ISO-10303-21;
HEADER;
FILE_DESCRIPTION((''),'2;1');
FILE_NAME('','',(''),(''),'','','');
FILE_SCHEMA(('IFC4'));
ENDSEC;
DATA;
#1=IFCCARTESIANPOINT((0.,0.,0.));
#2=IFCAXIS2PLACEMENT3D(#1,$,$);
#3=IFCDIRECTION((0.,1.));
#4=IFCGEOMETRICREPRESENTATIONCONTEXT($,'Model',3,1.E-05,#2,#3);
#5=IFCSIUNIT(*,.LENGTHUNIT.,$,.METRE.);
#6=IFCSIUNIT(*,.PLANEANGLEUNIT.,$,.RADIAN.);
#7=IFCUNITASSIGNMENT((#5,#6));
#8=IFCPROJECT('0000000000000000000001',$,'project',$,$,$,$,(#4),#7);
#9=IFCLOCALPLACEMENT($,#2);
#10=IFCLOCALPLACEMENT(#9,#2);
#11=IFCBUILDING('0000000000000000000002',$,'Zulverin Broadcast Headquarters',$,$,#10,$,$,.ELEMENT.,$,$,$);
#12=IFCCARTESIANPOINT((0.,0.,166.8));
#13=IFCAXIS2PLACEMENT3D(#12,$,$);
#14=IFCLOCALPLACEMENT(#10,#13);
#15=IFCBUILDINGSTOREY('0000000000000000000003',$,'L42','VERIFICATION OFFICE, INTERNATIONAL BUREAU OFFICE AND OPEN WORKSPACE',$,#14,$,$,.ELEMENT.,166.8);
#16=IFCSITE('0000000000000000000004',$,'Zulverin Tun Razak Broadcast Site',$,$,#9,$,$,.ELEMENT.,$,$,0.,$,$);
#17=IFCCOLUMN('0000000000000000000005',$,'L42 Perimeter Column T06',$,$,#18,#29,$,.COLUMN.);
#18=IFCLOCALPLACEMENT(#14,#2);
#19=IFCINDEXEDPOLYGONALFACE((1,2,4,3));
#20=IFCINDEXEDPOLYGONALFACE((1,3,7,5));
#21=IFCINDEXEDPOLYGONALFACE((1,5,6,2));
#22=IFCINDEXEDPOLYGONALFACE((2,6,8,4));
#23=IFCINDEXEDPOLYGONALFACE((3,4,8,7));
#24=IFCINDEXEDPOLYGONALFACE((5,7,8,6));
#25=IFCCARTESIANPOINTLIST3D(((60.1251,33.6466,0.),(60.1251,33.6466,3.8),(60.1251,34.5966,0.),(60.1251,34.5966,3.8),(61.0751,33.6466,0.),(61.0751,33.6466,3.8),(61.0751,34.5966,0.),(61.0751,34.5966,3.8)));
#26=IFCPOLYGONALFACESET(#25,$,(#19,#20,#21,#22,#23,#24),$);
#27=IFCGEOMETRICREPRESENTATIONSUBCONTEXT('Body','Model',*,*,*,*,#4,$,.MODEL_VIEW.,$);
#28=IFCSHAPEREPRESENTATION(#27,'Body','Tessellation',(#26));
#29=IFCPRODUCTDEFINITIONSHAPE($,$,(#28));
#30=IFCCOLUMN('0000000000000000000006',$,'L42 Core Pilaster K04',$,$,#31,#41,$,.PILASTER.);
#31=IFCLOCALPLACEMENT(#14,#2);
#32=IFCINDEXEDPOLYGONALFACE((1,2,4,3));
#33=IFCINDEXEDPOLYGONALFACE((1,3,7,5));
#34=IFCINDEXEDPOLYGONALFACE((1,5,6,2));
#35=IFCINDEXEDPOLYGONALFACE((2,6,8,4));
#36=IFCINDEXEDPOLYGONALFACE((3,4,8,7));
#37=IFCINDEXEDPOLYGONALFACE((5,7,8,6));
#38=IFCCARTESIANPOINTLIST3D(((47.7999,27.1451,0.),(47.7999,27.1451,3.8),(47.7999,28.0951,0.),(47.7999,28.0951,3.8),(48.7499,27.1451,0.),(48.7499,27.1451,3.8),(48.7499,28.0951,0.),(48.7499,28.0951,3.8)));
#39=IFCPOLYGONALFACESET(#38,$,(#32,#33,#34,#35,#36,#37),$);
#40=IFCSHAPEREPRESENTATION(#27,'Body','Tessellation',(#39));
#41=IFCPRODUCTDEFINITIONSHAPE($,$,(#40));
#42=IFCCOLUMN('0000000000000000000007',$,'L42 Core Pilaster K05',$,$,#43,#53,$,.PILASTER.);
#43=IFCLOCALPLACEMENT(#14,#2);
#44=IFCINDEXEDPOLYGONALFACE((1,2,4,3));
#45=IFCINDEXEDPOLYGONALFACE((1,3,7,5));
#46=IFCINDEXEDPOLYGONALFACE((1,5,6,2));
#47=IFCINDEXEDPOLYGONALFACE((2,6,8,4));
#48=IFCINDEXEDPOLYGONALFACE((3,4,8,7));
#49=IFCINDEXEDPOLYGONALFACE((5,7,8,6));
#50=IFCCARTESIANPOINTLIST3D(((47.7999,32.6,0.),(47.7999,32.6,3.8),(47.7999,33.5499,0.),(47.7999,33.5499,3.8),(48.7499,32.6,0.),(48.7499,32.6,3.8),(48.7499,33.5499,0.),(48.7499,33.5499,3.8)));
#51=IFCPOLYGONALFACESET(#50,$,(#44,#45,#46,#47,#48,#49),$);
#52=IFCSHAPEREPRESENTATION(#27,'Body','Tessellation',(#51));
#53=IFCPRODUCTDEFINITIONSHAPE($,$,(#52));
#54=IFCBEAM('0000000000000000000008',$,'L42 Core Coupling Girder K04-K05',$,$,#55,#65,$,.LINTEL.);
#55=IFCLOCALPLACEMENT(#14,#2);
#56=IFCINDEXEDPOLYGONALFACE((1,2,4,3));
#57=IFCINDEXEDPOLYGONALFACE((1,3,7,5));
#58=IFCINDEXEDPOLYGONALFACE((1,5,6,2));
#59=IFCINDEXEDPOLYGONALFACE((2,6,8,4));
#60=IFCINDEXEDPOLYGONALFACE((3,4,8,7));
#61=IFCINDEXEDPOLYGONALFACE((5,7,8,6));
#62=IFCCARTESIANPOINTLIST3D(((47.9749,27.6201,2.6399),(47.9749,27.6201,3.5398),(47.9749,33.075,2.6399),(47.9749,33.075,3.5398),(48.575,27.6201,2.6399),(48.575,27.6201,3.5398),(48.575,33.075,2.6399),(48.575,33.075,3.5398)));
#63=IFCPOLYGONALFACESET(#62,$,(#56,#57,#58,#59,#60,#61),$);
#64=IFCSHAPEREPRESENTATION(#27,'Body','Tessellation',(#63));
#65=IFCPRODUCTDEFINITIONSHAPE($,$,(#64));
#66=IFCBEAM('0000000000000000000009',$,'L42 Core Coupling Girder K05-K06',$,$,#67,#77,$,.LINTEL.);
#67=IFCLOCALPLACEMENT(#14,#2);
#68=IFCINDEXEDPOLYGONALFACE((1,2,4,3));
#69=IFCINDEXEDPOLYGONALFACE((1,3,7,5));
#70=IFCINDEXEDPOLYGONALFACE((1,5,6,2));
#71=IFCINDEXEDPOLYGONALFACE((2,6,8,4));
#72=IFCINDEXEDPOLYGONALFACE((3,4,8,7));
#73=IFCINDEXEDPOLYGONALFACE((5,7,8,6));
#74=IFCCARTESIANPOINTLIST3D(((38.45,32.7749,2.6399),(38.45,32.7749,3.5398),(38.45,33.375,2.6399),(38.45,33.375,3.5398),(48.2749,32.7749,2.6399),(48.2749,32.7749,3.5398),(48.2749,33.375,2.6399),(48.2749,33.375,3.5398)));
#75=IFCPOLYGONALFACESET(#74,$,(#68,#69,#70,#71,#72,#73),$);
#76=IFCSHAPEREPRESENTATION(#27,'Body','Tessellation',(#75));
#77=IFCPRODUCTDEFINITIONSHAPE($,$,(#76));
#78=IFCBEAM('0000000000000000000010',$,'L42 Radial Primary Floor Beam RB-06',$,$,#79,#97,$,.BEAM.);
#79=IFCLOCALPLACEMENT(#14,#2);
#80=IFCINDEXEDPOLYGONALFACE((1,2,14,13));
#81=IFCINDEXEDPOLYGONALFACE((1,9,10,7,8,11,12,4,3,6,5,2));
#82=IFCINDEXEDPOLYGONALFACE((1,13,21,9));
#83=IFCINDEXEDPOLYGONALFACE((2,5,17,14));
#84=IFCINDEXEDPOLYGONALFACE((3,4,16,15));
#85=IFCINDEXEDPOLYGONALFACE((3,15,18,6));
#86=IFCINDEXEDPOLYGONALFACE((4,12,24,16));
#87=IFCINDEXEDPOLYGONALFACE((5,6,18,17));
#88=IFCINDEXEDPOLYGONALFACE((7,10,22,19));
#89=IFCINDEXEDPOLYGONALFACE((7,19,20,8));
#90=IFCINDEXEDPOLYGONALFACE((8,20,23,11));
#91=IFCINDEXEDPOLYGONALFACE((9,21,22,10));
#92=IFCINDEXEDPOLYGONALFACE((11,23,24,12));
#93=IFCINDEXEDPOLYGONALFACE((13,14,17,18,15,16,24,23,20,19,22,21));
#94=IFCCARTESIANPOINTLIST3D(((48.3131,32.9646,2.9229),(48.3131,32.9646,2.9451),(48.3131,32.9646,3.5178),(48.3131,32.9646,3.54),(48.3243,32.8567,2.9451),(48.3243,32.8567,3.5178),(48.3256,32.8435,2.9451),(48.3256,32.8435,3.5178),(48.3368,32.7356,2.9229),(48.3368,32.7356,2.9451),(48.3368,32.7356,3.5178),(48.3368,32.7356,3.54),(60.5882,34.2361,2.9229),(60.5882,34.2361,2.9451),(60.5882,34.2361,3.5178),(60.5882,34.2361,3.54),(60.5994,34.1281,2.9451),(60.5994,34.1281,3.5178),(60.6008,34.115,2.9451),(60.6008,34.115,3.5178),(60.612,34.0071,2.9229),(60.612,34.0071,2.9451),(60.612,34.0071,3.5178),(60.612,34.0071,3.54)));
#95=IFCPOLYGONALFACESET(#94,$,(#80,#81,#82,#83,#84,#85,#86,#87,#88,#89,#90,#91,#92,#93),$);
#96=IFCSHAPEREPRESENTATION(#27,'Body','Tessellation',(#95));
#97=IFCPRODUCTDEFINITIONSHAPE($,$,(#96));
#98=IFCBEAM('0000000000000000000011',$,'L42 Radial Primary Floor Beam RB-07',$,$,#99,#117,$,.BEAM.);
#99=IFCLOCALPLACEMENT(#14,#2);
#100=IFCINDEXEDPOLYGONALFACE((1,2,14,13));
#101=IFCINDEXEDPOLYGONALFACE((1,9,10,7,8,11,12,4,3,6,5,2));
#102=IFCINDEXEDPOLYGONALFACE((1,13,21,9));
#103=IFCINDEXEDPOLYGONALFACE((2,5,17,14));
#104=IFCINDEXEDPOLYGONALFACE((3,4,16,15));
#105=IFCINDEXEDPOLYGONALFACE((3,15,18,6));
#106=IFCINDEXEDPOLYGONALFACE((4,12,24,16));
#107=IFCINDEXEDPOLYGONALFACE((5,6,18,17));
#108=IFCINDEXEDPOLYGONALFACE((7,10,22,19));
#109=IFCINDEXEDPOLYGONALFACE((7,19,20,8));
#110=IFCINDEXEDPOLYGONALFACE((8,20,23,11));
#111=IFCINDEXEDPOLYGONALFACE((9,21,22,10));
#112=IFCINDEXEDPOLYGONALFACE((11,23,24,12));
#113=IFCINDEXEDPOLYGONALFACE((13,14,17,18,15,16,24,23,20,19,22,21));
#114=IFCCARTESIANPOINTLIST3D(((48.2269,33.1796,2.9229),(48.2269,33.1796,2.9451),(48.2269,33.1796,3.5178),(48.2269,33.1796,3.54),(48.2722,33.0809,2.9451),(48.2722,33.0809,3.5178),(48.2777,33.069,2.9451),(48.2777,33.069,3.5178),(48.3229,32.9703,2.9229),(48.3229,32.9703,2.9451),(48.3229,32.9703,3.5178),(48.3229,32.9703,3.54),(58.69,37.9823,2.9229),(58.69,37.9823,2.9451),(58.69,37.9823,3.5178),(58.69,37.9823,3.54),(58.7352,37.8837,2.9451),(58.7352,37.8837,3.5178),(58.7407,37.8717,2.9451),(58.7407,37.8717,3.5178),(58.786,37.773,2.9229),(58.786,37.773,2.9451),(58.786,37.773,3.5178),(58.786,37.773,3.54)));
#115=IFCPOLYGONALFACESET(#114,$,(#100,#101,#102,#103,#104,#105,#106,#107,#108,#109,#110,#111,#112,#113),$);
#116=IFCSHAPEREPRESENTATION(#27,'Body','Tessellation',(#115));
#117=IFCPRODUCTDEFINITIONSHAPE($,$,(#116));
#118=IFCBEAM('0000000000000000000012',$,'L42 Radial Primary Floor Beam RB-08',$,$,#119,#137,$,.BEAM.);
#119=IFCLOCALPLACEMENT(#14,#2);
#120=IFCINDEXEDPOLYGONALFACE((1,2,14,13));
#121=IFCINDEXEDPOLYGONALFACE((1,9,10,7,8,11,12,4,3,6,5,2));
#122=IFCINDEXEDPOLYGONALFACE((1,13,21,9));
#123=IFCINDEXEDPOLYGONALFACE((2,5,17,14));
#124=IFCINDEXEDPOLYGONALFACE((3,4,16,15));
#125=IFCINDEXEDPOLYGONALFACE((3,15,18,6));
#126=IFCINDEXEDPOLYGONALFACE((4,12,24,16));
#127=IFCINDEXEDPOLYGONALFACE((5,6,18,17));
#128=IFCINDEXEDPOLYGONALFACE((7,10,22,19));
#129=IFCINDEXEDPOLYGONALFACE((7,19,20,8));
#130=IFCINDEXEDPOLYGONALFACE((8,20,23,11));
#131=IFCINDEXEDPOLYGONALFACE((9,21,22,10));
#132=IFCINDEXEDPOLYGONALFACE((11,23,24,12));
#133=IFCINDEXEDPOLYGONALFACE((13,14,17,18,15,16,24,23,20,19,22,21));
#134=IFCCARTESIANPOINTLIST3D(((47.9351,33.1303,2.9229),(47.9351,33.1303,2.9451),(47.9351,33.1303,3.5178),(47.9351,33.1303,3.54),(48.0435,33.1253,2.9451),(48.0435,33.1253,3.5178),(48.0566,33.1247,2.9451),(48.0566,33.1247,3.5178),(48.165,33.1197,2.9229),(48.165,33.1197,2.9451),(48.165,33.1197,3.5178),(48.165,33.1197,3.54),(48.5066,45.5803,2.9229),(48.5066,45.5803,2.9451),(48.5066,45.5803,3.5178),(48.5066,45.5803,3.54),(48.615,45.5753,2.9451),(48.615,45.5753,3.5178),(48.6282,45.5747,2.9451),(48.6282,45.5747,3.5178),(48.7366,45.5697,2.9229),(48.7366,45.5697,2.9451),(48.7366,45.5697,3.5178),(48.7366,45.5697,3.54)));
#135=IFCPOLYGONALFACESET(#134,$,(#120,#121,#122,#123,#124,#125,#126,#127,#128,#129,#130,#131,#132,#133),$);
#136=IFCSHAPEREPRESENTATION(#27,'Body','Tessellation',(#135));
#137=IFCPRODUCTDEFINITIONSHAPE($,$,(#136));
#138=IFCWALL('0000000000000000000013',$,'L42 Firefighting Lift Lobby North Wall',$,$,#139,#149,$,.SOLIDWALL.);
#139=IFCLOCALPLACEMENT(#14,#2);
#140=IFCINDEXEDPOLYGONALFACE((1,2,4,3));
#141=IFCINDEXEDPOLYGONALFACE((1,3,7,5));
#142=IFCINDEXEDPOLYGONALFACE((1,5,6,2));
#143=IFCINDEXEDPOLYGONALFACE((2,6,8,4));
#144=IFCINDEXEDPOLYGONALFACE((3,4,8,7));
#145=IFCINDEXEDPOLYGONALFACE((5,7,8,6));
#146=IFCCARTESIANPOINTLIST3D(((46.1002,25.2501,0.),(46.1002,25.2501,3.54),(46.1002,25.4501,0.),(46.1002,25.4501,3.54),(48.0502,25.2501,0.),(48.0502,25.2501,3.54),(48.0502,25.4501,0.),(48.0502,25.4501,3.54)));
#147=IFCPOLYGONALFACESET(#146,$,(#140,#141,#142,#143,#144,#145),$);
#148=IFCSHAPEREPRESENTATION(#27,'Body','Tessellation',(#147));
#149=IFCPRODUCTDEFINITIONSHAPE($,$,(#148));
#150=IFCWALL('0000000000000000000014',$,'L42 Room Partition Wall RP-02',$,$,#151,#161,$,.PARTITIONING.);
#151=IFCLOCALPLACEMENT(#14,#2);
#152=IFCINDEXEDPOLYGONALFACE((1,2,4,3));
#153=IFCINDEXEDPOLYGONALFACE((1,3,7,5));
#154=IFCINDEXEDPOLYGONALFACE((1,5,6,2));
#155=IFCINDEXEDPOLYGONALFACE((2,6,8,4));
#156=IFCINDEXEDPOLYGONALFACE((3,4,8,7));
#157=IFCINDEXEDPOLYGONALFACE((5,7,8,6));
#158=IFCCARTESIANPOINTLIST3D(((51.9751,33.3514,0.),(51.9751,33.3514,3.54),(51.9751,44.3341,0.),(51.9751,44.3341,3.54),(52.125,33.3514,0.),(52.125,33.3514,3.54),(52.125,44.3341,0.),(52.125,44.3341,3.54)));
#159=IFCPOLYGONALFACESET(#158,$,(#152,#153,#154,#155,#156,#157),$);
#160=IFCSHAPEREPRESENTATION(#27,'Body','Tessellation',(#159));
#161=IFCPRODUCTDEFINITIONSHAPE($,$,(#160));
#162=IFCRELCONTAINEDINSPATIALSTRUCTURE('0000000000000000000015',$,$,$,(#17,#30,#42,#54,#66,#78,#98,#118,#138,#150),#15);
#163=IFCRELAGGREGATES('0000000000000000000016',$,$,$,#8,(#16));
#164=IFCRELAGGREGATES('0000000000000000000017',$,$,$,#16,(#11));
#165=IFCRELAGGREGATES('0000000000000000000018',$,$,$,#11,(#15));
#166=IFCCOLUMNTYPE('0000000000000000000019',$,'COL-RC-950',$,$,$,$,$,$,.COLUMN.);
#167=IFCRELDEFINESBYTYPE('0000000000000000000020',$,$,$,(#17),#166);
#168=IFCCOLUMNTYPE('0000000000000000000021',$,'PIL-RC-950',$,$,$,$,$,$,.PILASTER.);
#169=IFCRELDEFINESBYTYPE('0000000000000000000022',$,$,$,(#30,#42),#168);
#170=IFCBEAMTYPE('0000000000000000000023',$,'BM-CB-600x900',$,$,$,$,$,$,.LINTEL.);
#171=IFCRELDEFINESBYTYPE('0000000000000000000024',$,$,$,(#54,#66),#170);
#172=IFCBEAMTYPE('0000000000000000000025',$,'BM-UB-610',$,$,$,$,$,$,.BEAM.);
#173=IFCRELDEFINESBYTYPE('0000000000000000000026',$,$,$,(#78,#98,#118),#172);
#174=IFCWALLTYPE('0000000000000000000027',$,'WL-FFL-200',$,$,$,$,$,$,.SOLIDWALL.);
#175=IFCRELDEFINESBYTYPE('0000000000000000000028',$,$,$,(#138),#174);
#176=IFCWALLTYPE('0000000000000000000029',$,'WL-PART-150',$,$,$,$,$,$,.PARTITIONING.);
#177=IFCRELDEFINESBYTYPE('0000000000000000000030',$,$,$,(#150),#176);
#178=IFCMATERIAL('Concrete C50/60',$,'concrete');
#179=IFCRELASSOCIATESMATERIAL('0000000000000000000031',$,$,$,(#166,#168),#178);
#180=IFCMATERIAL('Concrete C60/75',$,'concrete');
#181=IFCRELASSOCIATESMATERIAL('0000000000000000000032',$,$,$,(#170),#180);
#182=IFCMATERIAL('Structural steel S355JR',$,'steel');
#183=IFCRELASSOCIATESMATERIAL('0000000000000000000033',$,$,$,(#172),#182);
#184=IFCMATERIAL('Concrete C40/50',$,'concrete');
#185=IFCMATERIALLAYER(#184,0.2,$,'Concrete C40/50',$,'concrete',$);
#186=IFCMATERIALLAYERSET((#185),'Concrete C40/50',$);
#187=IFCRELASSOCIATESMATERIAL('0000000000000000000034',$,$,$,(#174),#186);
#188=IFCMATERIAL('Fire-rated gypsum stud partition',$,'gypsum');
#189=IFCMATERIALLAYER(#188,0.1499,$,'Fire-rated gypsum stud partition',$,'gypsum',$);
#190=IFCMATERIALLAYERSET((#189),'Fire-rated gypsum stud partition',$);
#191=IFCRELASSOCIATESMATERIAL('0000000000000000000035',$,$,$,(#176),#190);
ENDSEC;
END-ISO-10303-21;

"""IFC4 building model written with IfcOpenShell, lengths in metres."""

from ifc_helpers import new_model, si_unit, direction, frame, frame_2d, origin, origin_2d, place, context, subcontext, project, spatial, rectangle, i_section, extrude, material, layer, layer_set, material_profile, profile_set, type_object, element, save


model = new_model("IFC4")

# Units and contexts
model_context = context("Model", 3, precision=1e-05, world=origin(), true_north=direction((0.0, 1.0)))
body_context = subcontext(model_context, "Body", "Model", "MODEL_VIEW")
ifc_project = project(units=[si_unit("LENGTHUNIT", "METRE"), si_unit("PLANEANGLEUNIT", "RADIAN")], contexts=[model_context])

# Site, building, storey
site_placement = place(None, origin())
site = spatial("IfcSite", under=ifc_project, at=site_placement, Name="Zulverin Tun Razak Broadcast Site", CompositionType="ELEMENT", RefElevation=0.0)
building_placement = place(site_placement, origin())
building = spatial("IfcBuilding", under=site, at=building_placement, Name="Zulverin Broadcast Headquarters", CompositionType="ELEMENT")
storey_placement = place(building_placement, frame((0.0, 0.0, 166.8)))
storey = spatial("IfcBuildingStorey", under=building, at=storey_placement, Name="L42", Description="VERIFICATION OFFICE, INTERNATIONAL BUREAU OFFICE AND OPEN WORKSPACE", CompositionType="ELEMENT", Elevation=166.8)

# Columns
ifc_material_1 = material(Name="Concrete C50/60", Category="concrete")
ifc_material_profile_1 = material_profile(ifc_material_1, rectangle(XDim=0.95, YDim=0.95, at=origin_2d()), Name="Concrete C50/60", Category="concrete")
ifc_profile_set_1 = profile_set([ifc_material_profile_1], Name="Concrete C50/60")
column_type_1 = type_object("IfcColumnType", Name="COL-RC-950", PredefinedType="COLUMN", material=ifc_profile_set_1)
column_placement = place(storey_placement, frame((60.6001, 34.1216, 0.0), z_axis=(0.0, 0.0, 1.0), x_axis=(1.0, 0.0, 0.0)))
element("IfcColumn", 1, at=column_placement, inside=storey, type_object=column_type_1, Name="L42 Perimeter Column T06", PredefinedType="COLUMN", context=body_context, shape_type="SweptSolid", body=[
    extrude(rectangle(XDim=0.95, YDim=0.95, at=origin_2d()), origin(), (0.0, 0.0, 1.0), 3.8),
])
ifc_material_profile_2 = material_profile(ifc_material_1, rectangle(XDim=0.95, YDim=0.95, at=origin_2d()), Name="Concrete C50/60", Category="concrete")
ifc_profile_set_2 = profile_set([ifc_material_profile_2], Name="Concrete C50/60")
column_type_2 = type_object("IfcColumnType", Name="PIL-RC-950", PredefinedType="PILASTER", material=ifc_profile_set_2)
for number, where, z_axis, x_axis, name in (
    (2, (48.2749, 27.6201, 0.0), (0.0, 0.0, 1.0), (1.0, 0.0, 0.0), "L42 Core Pilaster K04"),
    (3, (48.2749, 33.075, 0.0), (0.0, 0.0, 1.0), (1.0, 0.0, 0.0), "L42 Core Pilaster K05"),
):
    element("IfcColumn", number, at=place(storey_placement, frame(where, z_axis=z_axis, x_axis=x_axis)), inside=storey, type_object=column_type_2, Name=name, PredefinedType="PILASTER", context=body_context, shape_type="SweptSolid", body=[
        extrude(rectangle(XDim=0.95, YDim=0.95, at=origin_2d()), origin(), (0.0, 0.0, 1.0), 3.8),
    ])

# Beams
ifc_material_2 = material(Name="Concrete C60/75", Category="concrete")
ifc_material_profile_3 = material_profile(ifc_material_2, rectangle(XDim=0.6001, YDim=0.8999, at=origin_2d()), Name="Concrete C60/75", Category="concrete")
ifc_profile_set_3 = profile_set([ifc_material_profile_3], Name="Concrete C60/75")
beam_type_1 = type_object("IfcBeamType", Name="BM-CB-600x900", PredefinedType="LINTEL", material=ifc_profile_set_3)
beam_1_placement = place(storey_placement, frame((48.2749, 27.6201, 3.0898), z_axis=(0.0, 1.0, 0.0), x_axis=(-1.0, 0.0, 0.0)))
element("IfcBeam", 4, at=beam_1_placement, inside=storey, type_object=beam_type_1, Name="L42 Core Coupling Girder K04-K05", PredefinedType="LINTEL", context=body_context, shape_type="SweptSolid", body=[
    extrude(rectangle(XDim=0.6001, YDim=0.8999, at=origin_2d()), origin(), (0.0, 0.0, 1.0), 5.4548),
])
beam_2_placement = place(storey_placement, frame((48.2749, 33.075, 3.0898), z_axis=(-1.0, 0.0, 0.0), x_axis=(0.0, -1.0, 0.0)))
element("IfcBeam", 5, at=beam_2_placement, inside=storey, type_object=beam_type_1, Name="L42 Core Coupling Girder K05-K06", PredefinedType="LINTEL", context=body_context, shape_type="SweptSolid", body=[
    extrude(rectangle(XDim=0.6001, YDim=0.8999, at=origin_2d()), origin(), (0.0, 0.0, 1.0), 9.825),
])
ifc_material_3 = material(Name="Structural steel S355JR", Category="steel")
ifc_material_profile_4 = material_profile(ifc_material_3, i_section(OverallWidth=0.2302, OverallDepth=0.6172, WebThickness=0.0132, FlangeThickness=0.0222, at=origin_2d()), Name="Structural steel S355JR", Category="steel")
ifc_profile_set_4 = profile_set([ifc_material_profile_4], Name="Structural steel S355JR")
beam_type_2 = type_object("IfcBeamType", Name="BM-UB-610", PredefinedType="BEAM", material=ifc_profile_set_4)
beam_3_placement = place(storey_placement, frame((48.325, 32.8501, 3.2314), z_axis=(0.994678, 0.103031, 0.0), x_axis=(-0.103031, 0.994678, 0.0)))
element("IfcBeam", 6, at=beam_3_placement, inside=storey, type_object=beam_type_2, Name="L42 Radial Primary Floor Beam RB-06", PredefinedType="BEAM", context=body_context, shape_type="SweptSolid", body=[
    extrude(i_section(OverallWidth=0.2302, OverallDepth=0.6172, WebThickness=0.0132, FlangeThickness=0.0222, at=origin_2d()), origin(), (0.0, 0.0, 1.0), 12.3408),
])
beam_4_placement = place(storey_placement, frame((48.2749, 33.075, 3.2314), z_axis=(0.90883, 0.417167, 0.0), x_axis=(-0.417167, 0.90883, 0.0)))
element("IfcBeam", 7, at=beam_4_placement, inside=storey, type_object=beam_type_2, Name="L42 Radial Primary Floor Beam RB-07", PredefinedType="BEAM", context=body_context, shape_type="SweptSolid", body=[
    extrude(i_section(OverallWidth=0.2302, OverallDepth=0.6172, WebThickness=0.0132, FlangeThickness=0.0222, at=origin_2d()), origin(), (0.0, 0.0, 1.0), 11.5127),
])
beam_5_placement = place(storey_placement, frame((48.05, 33.125, 3.2314), z_axis=(0.045858, 0.998948, 0.0), x_axis=(-0.998948, 0.045858, 0.0)))
element("IfcBeam", 8, at=beam_5_placement, inside=storey, type_object=beam_type_2, Name="L42 Radial Primary Floor Beam RB-08", PredefinedType="BEAM", context=body_context, shape_type="SweptSolid", body=[
    extrude(i_section(OverallWidth=0.2302, OverallDepth=0.6172, WebThickness=0.0132, FlangeThickness=0.0222, at=origin_2d()), origin(), (0.0, 0.0, 1.0), 12.4631),
])

# Walls
ifc_material_4 = material(Name="Concrete C40/50", Category="concrete")
ifc_layer_1 = layer(ifc_material_4, 0.2, Name="Concrete C40/50", Category="concrete")
ifc_layer_set_1 = layer_set([ifc_layer_1], Name="Concrete C40/50")
wall_type_1 = type_object("IfcWallType", Name="WL-FFL-200", PredefinedType="SOLIDWALL", material=ifc_layer_set_1)
wall_1_placement = place(storey_placement, frame((46.1001, 25.3501, 0.0), z_axis=(0.0, 0.0, 1.0), x_axis=(1.0, 0.0, 0.0)))
element("IfcWall", 9, at=wall_1_placement, inside=storey, type_object=wall_type_1, Name="L42 Firefighting Lift Lobby North Wall", PredefinedType="SOLIDWALL", context=body_context, shape_type="SweptSolid", body=[
    extrude(rectangle(XDim=1.95, YDim=0.2, at=frame_2d((0.9751, 0.0))), origin(), (0.0, 0.0, 1.0), 3.54),
])
ifc_material_5 = material(Name="Fire-rated gypsum stud partition", Category="gypsum")
ifc_layer_2 = layer(ifc_material_5, 0.1499, Name="Fire-rated gypsum stud partition", Category="gypsum")
ifc_layer_set_2 = layer_set([ifc_layer_2], Name="Fire-rated gypsum stud partition")
wall_type_2 = type_object("IfcWallType", Name="WL-PART-150", PredefinedType="PARTITIONING", material=ifc_layer_set_2)
wall_2_placement = place(storey_placement, frame((52.05, 33.3516, 0.0), z_axis=(0.0, 0.0, 1.0), x_axis=(0.0, 1.0, 0.0)))
element("IfcWall", 10, at=wall_2_placement, inside=storey, type_object=wall_type_2, Name="L42 Room Partition Wall RP-02", PredefinedType="PARTITIONING", context=body_context, shape_type="SweptSolid", body=[
    extrude(rectangle(XDim=10.9827, YDim=0.1499, at=frame_2d((5.4912, 0.0))), origin(), (0.0, 0.0, 1.0), 3.54),
])

save(model, "model.ifc")
